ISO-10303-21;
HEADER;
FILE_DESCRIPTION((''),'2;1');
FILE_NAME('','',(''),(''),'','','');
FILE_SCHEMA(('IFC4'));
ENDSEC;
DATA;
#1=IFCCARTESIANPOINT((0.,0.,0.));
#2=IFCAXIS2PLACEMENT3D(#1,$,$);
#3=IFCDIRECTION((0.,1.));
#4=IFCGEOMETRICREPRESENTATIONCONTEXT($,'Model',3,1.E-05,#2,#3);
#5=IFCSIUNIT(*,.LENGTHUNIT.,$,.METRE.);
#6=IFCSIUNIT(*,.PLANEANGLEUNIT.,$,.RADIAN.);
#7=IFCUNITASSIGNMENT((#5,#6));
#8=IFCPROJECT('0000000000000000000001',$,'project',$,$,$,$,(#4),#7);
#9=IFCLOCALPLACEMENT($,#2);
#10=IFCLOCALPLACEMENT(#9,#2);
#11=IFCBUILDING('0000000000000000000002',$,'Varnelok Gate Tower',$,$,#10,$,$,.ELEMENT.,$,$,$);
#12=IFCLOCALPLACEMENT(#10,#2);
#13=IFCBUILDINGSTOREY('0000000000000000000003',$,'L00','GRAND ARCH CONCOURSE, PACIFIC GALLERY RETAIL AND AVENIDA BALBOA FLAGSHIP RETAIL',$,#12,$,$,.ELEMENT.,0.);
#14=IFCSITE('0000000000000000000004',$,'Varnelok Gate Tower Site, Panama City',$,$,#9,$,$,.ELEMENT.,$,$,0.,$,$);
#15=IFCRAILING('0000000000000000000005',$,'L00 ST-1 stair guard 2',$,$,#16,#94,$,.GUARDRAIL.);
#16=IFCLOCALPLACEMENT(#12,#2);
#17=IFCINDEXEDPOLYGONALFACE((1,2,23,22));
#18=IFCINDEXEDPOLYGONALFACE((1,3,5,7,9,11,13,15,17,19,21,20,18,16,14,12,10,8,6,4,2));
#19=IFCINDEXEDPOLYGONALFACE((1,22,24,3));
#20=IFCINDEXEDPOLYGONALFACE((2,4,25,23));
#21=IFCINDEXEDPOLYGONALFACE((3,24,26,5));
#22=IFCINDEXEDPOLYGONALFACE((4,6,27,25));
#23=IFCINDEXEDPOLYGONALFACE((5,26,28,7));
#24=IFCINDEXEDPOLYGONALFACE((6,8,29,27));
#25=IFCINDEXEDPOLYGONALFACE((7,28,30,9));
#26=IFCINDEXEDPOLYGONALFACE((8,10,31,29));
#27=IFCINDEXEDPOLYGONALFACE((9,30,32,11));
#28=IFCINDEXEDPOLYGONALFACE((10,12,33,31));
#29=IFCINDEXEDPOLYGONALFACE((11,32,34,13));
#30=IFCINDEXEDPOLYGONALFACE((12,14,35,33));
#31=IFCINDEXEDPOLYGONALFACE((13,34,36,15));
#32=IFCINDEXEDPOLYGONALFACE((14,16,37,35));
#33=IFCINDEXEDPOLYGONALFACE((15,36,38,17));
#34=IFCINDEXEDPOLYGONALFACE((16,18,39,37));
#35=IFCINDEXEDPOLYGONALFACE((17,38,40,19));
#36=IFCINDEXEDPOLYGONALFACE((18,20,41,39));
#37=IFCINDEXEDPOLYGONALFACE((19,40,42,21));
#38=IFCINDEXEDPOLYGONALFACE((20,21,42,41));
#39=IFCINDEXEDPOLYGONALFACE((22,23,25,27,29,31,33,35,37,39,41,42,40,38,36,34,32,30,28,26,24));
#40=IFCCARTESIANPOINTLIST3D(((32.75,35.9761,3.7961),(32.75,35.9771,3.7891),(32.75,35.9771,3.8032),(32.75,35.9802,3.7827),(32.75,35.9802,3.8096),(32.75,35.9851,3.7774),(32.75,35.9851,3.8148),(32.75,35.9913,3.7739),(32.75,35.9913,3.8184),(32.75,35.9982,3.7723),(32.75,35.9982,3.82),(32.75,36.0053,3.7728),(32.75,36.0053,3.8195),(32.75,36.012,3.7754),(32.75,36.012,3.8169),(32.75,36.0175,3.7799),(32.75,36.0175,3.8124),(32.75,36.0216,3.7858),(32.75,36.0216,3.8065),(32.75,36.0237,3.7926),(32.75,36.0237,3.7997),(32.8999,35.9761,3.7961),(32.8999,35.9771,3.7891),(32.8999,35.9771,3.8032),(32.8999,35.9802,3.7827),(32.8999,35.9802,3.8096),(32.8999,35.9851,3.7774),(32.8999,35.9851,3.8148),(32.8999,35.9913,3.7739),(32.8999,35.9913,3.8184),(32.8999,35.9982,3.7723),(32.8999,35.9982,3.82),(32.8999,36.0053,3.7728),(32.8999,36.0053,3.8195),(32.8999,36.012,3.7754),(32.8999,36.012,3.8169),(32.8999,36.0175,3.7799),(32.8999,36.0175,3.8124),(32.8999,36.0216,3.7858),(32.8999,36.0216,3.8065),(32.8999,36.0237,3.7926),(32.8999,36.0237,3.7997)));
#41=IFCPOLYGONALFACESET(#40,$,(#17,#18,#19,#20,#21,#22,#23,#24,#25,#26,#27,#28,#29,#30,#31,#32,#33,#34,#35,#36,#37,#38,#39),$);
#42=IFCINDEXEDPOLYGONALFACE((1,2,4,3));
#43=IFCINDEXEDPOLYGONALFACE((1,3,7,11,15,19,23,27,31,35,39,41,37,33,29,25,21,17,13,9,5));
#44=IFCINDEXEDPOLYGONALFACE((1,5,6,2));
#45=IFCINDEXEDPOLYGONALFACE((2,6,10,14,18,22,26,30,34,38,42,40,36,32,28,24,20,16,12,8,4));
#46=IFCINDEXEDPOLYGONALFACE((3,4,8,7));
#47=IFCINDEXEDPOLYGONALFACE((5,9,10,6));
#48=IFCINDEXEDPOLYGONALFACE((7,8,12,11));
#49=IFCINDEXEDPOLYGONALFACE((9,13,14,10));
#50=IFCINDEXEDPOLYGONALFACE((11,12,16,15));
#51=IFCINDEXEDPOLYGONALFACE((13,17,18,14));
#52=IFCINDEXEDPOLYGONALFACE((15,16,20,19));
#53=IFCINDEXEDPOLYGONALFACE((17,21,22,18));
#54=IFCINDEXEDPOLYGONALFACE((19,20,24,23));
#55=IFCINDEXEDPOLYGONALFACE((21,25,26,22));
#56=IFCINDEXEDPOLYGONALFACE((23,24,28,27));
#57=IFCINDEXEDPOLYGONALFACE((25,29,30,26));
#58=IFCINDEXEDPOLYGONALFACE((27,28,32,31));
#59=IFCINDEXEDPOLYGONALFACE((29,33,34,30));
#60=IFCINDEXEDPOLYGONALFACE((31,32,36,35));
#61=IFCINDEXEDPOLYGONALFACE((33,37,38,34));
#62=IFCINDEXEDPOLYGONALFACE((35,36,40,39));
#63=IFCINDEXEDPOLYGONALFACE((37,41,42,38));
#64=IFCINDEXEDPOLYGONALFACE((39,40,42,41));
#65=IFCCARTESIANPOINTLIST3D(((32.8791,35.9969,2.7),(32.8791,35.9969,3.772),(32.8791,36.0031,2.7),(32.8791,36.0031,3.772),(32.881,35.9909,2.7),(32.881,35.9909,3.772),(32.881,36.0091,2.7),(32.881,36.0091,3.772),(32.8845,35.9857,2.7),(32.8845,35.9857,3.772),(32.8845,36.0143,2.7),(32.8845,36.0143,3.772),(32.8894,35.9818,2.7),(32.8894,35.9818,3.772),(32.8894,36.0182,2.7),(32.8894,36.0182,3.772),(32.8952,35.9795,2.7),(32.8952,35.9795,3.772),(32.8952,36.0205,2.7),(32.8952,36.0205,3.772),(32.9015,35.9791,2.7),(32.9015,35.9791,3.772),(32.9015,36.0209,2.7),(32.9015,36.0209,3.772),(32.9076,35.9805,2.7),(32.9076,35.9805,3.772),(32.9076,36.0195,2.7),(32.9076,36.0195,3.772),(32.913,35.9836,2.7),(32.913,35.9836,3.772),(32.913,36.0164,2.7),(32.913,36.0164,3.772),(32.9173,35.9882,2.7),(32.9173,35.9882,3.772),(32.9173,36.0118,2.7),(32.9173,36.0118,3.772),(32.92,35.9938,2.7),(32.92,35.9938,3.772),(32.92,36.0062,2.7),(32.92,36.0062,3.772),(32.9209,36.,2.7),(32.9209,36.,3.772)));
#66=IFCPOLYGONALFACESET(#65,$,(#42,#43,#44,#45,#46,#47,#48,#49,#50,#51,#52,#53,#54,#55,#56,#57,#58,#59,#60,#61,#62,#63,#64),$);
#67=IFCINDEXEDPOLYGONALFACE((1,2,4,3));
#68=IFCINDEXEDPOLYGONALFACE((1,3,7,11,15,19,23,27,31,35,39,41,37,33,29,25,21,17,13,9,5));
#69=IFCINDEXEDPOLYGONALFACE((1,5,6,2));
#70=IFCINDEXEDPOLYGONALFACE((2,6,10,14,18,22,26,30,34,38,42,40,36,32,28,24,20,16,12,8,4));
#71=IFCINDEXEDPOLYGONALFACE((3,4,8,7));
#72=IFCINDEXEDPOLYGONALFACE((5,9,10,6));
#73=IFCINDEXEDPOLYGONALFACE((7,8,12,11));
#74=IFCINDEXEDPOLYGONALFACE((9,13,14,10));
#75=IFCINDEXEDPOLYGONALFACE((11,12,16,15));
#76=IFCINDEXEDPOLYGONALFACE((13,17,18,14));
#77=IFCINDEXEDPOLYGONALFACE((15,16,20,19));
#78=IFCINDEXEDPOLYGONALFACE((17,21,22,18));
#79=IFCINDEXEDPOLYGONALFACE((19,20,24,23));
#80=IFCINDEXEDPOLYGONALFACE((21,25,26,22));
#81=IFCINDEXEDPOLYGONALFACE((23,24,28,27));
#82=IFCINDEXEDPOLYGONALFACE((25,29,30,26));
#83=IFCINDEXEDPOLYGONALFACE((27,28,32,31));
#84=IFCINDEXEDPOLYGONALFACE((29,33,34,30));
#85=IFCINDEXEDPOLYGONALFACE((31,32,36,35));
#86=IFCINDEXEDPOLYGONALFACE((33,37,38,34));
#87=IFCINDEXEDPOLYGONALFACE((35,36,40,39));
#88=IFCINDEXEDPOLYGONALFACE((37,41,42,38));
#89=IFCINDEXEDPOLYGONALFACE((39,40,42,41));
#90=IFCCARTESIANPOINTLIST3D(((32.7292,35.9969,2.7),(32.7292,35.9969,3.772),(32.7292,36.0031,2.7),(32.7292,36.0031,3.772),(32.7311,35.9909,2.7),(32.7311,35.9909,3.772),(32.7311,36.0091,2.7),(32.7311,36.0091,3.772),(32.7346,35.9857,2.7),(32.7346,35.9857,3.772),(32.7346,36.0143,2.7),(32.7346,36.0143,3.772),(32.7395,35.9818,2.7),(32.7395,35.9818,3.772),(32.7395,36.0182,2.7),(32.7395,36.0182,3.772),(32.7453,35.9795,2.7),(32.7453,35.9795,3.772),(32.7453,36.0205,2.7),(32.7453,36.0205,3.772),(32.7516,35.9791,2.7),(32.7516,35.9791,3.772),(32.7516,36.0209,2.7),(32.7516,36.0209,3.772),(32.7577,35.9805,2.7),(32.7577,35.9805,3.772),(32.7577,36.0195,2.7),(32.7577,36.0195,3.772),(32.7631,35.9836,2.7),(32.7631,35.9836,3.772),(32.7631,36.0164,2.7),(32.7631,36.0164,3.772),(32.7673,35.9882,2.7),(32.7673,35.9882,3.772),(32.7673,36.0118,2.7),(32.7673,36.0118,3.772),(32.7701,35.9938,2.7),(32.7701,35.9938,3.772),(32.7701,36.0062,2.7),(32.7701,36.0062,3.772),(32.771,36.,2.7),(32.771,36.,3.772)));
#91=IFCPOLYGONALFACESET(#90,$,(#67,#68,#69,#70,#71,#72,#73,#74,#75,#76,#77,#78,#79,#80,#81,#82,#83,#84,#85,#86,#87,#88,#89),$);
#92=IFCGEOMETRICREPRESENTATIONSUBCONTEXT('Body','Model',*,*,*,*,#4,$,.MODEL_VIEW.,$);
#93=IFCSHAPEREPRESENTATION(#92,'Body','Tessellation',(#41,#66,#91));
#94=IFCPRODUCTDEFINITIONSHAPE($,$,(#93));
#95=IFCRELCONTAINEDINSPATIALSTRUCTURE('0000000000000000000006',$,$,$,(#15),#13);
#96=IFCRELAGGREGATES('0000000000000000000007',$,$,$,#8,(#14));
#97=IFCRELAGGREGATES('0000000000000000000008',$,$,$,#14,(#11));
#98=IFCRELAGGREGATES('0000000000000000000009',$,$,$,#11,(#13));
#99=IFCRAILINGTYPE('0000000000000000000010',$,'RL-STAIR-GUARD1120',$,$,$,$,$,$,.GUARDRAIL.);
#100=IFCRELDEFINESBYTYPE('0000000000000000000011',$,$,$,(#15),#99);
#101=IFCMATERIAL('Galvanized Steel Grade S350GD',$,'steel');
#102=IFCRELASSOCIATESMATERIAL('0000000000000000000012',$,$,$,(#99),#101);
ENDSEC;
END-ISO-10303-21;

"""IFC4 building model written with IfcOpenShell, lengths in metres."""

from ifc_helpers import new_model, si_unit, direction, frame, origin, origin_2d, place, context, subcontext, project, spatial, circle, extrude, material, type_object, element, save


model = new_model("IFC4")

# Units and contexts
model_context = context("Model", 3, precision=1e-05, world=origin(), true_north=direction((0.0, 1.0)))
body_context = subcontext(model_context, "Body", "Model", "MODEL_VIEW")
ifc_project = project(units=[si_unit("LENGTHUNIT", "METRE"), si_unit("PLANEANGLEUNIT", "RADIAN")], contexts=[model_context])

# Site, building, storey
site_placement = place(None, origin())
site = spatial("IfcSite", under=ifc_project, at=site_placement, Name="Varnelok Gate Tower Site, Panama City", CompositionType="ELEMENT", RefElevation=0.0)
building_placement = place(site_placement, origin())
building = spatial("IfcBuilding", under=site, at=building_placement, Name="Varnelok Gate Tower", CompositionType="ELEMENT")
storey_placement = place(building_placement, origin())
storey = spatial("IfcBuildingStorey", under=building, at=storey_placement, Name="L00", Description="GRAND ARCH CONCOURSE, PACIFIC GALLERY RETAIL AND AVENIDA BALBOA FLAGSHIP RETAIL", CompositionType="ELEMENT", Elevation=0.0)

# Railing
ifc_material_1 = material(Name="Galvanized Steel Grade S350GD", Category="steel")
railing_type_1 = type_object("IfcRailingType", Name="RL-STAIR-GUARD1120", PredefinedType="GUARDRAIL", material=ifc_material_1)
railing_1_placement = place(storey_placement, frame((32.8999, 36.0, 2.7)))
element("IfcRailing", 1, at=railing_1_placement, inside=storey, type_object=railing_type_1, Name="L00 ST-1 stair guard 2", PredefinedType="GUARDRAIL", context=body_context, shape_type="SweptSolid", body=[
    extrude(circle(Radius=0.0239, at=origin_2d()), frame((0.0, 0.0, 1.0962), z_axis=(-1.0, 0.0, 0.0), x_axis=(0.0, -1.0, 0.0)), (0.0, 0.0, 1.0), 0.1499),
    extrude(circle(Radius=0.021, at=origin_2d()), origin(), (0.0, 0.0, 1.0), 1.072),
    extrude(circle(Radius=0.021, at=origin_2d()), frame((-0.1499, 0.0, 0.0)), (0.0, 0.0, 1.0), 1.072),
])

save(model, "model.ifc")
